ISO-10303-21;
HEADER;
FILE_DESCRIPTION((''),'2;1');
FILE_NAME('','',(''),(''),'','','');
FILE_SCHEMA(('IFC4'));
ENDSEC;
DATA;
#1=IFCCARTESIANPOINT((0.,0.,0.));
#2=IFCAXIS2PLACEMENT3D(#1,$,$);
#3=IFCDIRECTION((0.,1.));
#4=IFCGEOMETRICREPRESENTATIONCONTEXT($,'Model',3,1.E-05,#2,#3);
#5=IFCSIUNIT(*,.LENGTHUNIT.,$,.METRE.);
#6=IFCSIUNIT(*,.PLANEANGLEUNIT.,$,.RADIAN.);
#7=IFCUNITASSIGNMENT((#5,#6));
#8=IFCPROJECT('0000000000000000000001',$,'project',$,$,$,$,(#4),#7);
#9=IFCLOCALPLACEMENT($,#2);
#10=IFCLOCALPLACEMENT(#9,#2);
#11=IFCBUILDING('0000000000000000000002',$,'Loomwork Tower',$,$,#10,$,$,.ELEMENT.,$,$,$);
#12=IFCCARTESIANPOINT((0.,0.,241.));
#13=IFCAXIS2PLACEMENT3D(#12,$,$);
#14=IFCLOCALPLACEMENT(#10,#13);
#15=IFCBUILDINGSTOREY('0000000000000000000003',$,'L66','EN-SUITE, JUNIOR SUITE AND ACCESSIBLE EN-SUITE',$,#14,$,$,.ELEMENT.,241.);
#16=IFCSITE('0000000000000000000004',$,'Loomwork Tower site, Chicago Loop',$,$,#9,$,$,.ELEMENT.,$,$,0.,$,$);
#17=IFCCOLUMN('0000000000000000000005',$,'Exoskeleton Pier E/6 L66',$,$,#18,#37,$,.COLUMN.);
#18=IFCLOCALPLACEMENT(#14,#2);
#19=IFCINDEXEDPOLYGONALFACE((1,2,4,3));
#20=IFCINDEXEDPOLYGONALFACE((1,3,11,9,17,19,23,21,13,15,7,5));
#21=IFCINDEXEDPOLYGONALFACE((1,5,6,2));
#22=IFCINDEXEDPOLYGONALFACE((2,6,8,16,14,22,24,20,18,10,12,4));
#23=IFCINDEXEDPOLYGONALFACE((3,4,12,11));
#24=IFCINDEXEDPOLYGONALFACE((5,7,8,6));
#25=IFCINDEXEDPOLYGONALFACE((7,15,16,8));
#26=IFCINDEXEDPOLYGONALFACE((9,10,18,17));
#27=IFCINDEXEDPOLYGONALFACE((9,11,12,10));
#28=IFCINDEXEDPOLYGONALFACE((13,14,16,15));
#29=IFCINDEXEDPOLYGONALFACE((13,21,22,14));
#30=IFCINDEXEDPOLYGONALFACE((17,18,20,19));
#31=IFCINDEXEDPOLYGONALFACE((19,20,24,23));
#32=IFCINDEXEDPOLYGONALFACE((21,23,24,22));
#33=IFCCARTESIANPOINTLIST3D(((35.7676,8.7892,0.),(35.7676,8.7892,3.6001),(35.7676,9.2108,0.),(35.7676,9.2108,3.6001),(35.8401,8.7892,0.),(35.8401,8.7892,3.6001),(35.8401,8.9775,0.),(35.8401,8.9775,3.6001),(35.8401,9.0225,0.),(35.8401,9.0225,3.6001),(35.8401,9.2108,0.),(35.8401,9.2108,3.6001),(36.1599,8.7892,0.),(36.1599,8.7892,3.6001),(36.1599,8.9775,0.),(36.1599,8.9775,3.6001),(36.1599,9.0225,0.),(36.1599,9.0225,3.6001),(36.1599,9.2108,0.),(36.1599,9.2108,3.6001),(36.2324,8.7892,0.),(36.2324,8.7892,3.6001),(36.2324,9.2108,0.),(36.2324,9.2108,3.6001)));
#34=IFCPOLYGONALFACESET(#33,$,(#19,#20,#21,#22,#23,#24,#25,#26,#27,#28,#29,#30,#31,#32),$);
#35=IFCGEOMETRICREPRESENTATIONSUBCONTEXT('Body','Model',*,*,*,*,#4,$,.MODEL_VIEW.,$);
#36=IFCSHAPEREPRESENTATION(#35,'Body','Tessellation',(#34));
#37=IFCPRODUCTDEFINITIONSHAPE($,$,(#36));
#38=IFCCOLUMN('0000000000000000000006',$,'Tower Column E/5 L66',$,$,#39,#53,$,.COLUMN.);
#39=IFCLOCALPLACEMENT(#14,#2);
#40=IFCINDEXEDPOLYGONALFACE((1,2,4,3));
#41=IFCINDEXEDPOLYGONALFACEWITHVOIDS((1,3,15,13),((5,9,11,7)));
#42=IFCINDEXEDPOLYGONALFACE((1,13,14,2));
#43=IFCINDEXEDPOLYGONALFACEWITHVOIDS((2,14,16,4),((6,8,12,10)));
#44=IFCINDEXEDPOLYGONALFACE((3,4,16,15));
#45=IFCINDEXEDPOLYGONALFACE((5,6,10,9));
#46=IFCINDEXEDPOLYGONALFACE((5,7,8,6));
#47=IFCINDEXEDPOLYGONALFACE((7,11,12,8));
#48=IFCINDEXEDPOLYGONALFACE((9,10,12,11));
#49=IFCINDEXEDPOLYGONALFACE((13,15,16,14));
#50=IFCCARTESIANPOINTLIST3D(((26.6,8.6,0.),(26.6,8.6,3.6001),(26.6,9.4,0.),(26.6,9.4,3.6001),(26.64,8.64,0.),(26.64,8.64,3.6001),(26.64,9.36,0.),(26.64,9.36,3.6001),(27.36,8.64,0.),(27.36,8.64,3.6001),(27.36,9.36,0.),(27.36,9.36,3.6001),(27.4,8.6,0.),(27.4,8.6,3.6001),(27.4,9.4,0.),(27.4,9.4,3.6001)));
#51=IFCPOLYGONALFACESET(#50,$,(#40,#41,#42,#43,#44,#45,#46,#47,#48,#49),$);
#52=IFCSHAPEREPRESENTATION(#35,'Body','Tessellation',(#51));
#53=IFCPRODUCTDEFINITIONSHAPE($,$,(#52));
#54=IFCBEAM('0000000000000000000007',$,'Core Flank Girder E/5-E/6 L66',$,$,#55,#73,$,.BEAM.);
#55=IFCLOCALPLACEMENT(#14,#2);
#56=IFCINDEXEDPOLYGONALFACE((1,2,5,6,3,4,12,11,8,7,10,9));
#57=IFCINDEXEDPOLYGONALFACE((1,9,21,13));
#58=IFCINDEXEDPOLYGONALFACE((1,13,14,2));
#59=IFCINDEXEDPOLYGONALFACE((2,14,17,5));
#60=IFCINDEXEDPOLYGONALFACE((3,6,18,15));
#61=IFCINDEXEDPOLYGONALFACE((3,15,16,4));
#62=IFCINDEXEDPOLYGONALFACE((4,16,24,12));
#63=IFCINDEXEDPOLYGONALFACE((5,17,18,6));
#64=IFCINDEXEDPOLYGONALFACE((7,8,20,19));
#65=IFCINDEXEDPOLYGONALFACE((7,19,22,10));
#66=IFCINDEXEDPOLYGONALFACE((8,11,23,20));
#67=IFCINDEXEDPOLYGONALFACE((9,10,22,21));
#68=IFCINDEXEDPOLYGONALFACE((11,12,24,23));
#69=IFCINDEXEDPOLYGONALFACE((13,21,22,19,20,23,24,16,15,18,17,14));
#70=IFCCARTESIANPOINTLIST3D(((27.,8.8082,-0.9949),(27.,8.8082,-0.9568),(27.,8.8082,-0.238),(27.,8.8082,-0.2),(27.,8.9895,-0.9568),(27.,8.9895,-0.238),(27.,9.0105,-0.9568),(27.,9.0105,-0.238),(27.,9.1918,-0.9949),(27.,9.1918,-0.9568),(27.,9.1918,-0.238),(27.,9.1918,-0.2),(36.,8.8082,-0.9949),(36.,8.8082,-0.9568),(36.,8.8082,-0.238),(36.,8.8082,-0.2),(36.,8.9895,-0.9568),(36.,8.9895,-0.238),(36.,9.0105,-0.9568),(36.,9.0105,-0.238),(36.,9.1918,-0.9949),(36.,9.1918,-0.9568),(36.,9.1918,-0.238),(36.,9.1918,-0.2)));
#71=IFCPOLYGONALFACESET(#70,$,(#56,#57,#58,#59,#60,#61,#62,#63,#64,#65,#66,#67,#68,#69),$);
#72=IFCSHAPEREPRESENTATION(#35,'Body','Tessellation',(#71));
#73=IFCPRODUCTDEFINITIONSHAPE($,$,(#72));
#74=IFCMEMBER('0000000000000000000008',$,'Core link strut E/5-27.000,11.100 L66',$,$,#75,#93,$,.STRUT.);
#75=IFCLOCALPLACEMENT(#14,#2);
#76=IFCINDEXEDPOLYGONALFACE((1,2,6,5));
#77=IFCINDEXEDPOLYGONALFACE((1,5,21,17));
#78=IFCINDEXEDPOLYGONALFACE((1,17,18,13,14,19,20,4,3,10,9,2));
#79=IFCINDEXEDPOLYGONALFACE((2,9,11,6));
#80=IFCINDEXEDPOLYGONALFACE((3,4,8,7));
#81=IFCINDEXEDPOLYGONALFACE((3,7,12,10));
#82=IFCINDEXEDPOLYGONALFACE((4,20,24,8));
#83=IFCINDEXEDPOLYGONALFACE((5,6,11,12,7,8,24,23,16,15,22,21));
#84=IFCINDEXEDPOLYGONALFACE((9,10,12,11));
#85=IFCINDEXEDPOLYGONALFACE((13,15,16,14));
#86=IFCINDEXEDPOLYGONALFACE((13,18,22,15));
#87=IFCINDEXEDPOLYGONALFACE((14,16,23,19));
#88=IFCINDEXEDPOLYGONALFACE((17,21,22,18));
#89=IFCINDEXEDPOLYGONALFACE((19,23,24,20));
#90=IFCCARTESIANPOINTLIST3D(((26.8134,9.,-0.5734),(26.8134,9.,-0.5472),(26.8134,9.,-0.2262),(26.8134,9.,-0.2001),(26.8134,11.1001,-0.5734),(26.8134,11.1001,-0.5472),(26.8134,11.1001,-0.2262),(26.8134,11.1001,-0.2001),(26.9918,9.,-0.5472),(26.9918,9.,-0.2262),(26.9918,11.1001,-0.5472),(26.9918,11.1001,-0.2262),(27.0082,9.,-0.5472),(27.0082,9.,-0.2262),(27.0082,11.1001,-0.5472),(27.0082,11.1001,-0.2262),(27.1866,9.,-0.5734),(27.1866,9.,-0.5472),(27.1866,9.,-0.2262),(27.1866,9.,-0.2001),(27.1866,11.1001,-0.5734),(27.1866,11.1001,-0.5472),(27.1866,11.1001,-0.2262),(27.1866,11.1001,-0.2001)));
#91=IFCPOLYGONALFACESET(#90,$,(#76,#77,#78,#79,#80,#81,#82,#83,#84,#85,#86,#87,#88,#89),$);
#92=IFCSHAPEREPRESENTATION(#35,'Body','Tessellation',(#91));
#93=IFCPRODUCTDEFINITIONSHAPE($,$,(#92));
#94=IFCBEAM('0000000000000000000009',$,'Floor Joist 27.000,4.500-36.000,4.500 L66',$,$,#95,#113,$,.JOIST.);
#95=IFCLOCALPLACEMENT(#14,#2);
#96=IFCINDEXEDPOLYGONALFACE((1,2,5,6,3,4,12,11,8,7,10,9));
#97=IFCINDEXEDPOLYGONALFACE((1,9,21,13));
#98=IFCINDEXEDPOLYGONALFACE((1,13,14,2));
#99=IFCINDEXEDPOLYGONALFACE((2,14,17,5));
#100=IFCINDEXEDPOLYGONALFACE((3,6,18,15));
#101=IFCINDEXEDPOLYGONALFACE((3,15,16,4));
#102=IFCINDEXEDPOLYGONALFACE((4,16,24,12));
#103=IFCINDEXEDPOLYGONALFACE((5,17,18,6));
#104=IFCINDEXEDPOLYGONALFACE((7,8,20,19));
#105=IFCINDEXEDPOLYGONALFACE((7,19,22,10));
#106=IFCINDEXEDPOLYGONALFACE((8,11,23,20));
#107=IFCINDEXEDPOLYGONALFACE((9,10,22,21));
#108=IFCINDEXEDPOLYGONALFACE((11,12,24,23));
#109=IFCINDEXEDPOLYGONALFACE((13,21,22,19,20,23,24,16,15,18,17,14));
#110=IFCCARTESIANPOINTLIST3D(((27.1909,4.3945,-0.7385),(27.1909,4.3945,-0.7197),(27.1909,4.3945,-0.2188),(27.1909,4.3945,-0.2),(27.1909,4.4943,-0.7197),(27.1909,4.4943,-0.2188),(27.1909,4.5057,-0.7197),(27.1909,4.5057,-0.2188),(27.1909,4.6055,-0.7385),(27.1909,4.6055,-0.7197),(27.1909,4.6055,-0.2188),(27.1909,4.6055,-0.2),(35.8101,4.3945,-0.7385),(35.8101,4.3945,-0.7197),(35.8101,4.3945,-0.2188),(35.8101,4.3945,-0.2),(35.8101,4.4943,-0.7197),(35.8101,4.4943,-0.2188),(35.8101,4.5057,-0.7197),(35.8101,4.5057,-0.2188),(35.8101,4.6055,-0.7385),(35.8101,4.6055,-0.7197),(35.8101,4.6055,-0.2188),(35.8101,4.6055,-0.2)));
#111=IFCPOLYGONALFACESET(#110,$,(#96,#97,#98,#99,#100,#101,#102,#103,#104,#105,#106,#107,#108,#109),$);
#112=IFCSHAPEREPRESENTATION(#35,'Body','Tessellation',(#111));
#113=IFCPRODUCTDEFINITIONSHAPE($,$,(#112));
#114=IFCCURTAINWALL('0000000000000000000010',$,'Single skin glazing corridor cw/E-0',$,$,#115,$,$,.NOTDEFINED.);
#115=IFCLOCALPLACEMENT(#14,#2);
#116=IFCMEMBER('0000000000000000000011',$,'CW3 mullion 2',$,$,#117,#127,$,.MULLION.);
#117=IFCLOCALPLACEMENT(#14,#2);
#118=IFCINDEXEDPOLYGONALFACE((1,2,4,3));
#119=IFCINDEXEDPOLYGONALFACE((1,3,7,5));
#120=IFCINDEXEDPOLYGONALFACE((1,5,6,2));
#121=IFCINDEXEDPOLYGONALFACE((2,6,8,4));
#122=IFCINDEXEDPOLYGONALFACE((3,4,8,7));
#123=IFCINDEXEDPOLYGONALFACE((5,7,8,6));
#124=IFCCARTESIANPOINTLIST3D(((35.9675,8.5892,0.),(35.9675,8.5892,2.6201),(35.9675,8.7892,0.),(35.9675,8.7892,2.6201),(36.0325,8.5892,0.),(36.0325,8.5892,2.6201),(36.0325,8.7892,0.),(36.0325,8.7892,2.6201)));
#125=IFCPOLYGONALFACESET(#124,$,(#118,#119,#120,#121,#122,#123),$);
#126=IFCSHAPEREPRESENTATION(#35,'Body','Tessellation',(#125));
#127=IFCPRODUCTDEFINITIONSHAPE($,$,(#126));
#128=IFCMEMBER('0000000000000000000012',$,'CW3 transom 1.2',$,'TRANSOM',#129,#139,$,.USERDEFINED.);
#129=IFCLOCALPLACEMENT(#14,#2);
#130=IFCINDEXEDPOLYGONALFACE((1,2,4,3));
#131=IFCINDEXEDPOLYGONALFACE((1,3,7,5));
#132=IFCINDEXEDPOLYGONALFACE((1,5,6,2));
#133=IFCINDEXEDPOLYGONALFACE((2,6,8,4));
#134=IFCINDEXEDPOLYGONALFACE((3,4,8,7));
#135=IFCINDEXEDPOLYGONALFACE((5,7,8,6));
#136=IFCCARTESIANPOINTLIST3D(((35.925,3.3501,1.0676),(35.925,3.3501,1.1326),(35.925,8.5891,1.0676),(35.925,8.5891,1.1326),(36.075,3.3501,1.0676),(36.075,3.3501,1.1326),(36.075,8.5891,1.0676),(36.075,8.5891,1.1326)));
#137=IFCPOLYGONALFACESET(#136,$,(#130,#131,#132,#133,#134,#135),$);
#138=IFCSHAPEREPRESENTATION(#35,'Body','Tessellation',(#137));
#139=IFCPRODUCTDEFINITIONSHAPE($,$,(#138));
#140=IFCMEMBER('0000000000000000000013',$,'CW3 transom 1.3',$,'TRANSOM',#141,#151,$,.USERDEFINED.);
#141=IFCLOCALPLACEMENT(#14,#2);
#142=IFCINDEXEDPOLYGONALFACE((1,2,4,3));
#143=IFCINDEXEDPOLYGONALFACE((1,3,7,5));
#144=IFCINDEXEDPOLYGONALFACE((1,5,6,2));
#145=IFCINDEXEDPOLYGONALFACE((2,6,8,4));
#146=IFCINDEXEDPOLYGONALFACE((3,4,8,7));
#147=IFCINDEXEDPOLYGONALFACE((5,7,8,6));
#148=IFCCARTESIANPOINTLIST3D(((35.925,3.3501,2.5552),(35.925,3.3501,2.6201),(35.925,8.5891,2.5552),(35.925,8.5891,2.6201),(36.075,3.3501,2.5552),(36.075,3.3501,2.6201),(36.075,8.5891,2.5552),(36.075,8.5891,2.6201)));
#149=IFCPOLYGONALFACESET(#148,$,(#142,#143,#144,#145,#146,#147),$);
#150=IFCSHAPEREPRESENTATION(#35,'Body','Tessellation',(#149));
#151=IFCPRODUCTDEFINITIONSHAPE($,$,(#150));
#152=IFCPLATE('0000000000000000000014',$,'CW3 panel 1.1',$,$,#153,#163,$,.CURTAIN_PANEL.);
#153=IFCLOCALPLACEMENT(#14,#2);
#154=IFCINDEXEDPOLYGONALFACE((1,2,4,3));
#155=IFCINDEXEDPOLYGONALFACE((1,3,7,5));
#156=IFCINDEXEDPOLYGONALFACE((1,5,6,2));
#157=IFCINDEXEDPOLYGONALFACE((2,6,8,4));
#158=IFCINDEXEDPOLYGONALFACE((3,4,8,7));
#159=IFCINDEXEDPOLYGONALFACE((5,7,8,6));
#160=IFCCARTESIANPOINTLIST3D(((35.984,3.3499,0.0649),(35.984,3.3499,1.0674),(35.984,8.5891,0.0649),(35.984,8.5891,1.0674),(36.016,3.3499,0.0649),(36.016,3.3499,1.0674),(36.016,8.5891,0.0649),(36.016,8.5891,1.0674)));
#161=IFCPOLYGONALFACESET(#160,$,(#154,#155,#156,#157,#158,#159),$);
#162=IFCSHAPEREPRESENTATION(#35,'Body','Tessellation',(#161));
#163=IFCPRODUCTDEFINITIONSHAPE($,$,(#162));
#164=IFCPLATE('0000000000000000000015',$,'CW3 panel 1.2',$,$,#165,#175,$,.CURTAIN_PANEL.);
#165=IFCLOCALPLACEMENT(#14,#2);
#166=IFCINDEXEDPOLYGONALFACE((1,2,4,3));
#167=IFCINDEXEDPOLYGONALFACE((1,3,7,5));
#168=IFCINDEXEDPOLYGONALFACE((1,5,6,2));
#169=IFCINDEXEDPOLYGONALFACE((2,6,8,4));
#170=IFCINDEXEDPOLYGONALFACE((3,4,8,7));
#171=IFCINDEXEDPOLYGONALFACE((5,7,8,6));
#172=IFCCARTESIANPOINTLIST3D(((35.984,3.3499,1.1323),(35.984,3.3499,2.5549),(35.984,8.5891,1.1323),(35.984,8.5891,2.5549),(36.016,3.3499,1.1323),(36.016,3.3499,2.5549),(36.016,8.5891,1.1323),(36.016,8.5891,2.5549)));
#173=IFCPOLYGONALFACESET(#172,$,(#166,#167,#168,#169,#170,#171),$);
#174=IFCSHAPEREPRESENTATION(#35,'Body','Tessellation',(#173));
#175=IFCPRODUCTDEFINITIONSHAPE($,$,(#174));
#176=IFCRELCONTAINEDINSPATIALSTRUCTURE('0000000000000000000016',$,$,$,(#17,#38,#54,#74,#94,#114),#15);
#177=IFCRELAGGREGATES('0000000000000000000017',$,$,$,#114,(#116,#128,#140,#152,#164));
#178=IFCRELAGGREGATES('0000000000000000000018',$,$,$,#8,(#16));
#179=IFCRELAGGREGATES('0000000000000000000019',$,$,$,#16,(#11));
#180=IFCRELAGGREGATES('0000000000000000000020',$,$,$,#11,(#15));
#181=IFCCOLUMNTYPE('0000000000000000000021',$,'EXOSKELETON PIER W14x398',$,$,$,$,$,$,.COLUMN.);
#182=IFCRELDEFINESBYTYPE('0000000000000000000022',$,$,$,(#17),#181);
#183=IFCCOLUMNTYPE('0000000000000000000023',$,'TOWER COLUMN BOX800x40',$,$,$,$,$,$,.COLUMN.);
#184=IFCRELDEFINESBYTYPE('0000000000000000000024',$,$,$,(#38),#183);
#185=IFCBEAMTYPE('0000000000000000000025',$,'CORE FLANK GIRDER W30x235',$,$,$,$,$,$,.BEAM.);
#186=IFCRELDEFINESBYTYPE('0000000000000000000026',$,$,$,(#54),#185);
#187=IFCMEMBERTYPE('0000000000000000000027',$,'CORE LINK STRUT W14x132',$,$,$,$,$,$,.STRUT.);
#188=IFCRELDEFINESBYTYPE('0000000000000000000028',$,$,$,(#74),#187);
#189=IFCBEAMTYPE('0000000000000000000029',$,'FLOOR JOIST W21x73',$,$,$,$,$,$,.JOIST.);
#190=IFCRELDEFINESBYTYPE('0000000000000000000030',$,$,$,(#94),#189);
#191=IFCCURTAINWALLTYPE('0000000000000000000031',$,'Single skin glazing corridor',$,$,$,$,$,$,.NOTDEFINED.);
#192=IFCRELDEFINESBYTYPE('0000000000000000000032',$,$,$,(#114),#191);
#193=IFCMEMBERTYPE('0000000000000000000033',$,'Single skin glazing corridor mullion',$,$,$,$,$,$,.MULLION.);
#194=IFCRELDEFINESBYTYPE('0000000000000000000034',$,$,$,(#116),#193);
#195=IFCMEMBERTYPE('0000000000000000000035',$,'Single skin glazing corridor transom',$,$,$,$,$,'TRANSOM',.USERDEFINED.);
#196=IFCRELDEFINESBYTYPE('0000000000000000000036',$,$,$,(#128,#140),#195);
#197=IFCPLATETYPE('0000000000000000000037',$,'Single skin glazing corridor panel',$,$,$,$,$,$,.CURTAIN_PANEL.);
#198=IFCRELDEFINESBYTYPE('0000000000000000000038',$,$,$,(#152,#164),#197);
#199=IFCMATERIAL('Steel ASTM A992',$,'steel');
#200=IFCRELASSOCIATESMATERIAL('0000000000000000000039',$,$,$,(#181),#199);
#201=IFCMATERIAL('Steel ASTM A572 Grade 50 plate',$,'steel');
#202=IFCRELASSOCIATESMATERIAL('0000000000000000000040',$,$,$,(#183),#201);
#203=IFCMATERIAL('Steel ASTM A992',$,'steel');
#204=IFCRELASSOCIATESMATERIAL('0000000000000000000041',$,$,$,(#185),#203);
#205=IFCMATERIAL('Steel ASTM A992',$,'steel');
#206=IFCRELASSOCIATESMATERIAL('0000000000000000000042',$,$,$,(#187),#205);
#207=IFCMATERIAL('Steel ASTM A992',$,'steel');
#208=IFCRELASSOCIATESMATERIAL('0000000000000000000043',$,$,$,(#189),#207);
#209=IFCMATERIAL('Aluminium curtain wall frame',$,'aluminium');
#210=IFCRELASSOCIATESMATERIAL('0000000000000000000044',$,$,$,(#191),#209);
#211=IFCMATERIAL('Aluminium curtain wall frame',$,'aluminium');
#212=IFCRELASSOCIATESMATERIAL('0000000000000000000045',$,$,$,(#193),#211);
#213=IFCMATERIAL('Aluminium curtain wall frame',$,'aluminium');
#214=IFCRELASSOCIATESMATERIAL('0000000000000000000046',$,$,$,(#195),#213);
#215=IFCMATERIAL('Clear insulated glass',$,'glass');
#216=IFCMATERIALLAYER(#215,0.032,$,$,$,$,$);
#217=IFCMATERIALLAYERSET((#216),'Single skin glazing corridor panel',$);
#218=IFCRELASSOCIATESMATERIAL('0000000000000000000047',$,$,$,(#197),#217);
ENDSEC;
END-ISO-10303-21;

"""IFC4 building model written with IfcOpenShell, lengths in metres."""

from ifc_helpers import new_model, si_unit, direction, frame, origin, origin_2d, place, context, subcontext, project, spatial, rectangle, hollow_rectangle, i_section, extrude, material, layer, layer_set, material_profile, profile_set, type_object, element, aggregate, save


model = new_model("IFC4")

# Units and contexts
model_context = context("Model", 3, precision=1e-05, world=origin(), true_north=direction((0.0, 1.0)))
body_context = subcontext(model_context, "Body", "Model", "MODEL_VIEW")
ifc_project = project(units=[si_unit("LENGTHUNIT", "METRE"), si_unit("PLANEANGLEUNIT", "RADIAN")], contexts=[model_context])

# Site, building, storey
site_placement = place(None, origin())
site = spatial("IfcSite", under=ifc_project, at=site_placement, Name="Loomwork Tower site, Chicago Loop", CompositionType="ELEMENT", RefElevation=0.0)
building_placement = place(site_placement, origin())
building = spatial("IfcBuilding", under=site, at=building_placement, Name="Loomwork Tower", CompositionType="ELEMENT")
storey_placement = place(building_placement, frame((0.0, 0.0, 241.0)))
storey = spatial("IfcBuildingStorey", under=building, at=storey_placement, Name="L66", Description="EN-SUITE, JUNIOR SUITE AND ACCESSIBLE EN-SUITE", CompositionType="ELEMENT", Elevation=241.0)

# Columns
ifc_material_1 = material(Name="Steel ASTM A992", Category="steel")
ifc_material_profile_1 = material_profile(ifc_material_1, i_section(OverallWidth=0.4216, OverallDepth=0.4648, WebThickness=0.0449, FlangeThickness=0.0725, at=origin_2d()), Name="W14x398")
ifc_profile_set_1 = profile_set([ifc_material_profile_1], Name="Steel ASTM A992")
column_type_1 = type_object("IfcColumnType", Name="EXOSKELETON PIER W14x398", PredefinedType="COLUMN", material=ifc_profile_set_1)
column_1_placement = place(storey_placement, frame((36.0, 9.0, 0.0), z_axis=(0.0, 0.0, 1.0), x_axis=(0.0, 1.0, 0.0)))
element("IfcColumn", 1, at=column_1_placement, inside=storey, type_object=column_type_1, Name="Exoskeleton Pier E/6 L66", PredefinedType="COLUMN", context=body_context, shape_type="SweptSolid", body=[
    extrude(i_section(OverallWidth=0.4216, OverallDepth=0.4648, WebThickness=0.0449, FlangeThickness=0.0725, at=origin_2d()), origin(), (0.0, 0.0, 1.0), 3.6001),
])
ifc_material_2 = material(Name="Steel ASTM A572 Grade 50 plate", Category="steel")
ifc_material_profile_2 = material_profile(ifc_material_2, hollow_rectangle(XDim=0.8, YDim=0.8, WallThickness=0.04, at=origin_2d()), Name="BOX800x40")
ifc_profile_set_2 = profile_set([ifc_material_profile_2], Name="Steel ASTM A572 Grade 50 plate")
column_type_2 = type_object("IfcColumnType", Name="TOWER COLUMN BOX800x40", PredefinedType="COLUMN", material=ifc_profile_set_2)
column_2_placement = place(storey_placement, frame((27.0, 9.0, 0.0), z_axis=(0.0, 0.0, 1.0), x_axis=(1.0, 0.0, 0.0)))
element("IfcColumn", 2, at=column_2_placement, inside=storey, type_object=column_type_2, Name="Tower Column E/5 L66", PredefinedType="COLUMN", context=body_context, shape_type="SweptSolid", body=[
    extrude(hollow_rectangle(XDim=0.8, YDim=0.8, WallThickness=0.04, at=origin_2d()), origin(), (0.0, 0.0, 1.0), 3.6001),
])

# Beam
ifc_material_3 = material(Name="Steel ASTM A992", Category="steel")
ifc_material_profile_3 = material_profile(ifc_material_3, i_section(OverallWidth=0.3835, OverallDepth=0.7949, WebThickness=0.021, FlangeThickness=0.0381, at=origin_2d()), Name="W30x235")
ifc_profile_set_3 = profile_set([ifc_material_profile_3], Name="Steel ASTM A992")
beam_type_1 = type_object("IfcBeamType", Name="CORE FLANK GIRDER W30x235", PredefinedType="BEAM", material=ifc_profile_set_3)
beam_1_placement = place(storey_placement, frame((27.0, 9.0, -0.5974), z_axis=(1.0, 0.0, 0.0), x_axis=(0.0, 1.0, 0.0)))
element("IfcBeam", 3, at=beam_1_placement, inside=storey, type_object=beam_type_1, Name="Core Flank Girder E/5-E/6 L66", PredefinedType="BEAM", context=body_context, shape_type="SweptSolid", body=[
    extrude(i_section(OverallWidth=0.3835, OverallDepth=0.7949, WebThickness=0.021, FlangeThickness=0.0381, at=origin_2d()), origin(), (0.0, 0.0, 1.0), 9.0),
])

# Member
ifc_material_4 = material(Name="Steel ASTM A992", Category="steel")
ifc_material_profile_4 = material_profile(ifc_material_4, i_section(OverallWidth=0.3733, OverallDepth=0.3733, WebThickness=0.0164, FlangeThickness=0.0261, at=origin_2d()), Name="W14x132")
ifc_profile_set_4 = profile_set([ifc_material_profile_4], Name="Steel ASTM A992")
member_type_1 = type_object("IfcMemberType", Name="CORE LINK STRUT W14x132", PredefinedType="STRUT", material=ifc_profile_set_4)
member_1_placement = place(storey_placement, frame((27.0, 9.0, -0.3867), z_axis=(0.0, 1.0, 0.0), x_axis=(-1.0, 0.0, 0.0)))
element("IfcMember", 4, at=member_1_placement, inside=storey, type_object=member_type_1, Name="Core link strut E/5-27.000,11.100 L66", PredefinedType="STRUT", context=body_context, shape_type="SweptSolid", body=[
    extrude(i_section(OverallWidth=0.3733, OverallDepth=0.3733, WebThickness=0.0164, FlangeThickness=0.0261, at=origin_2d()), origin(), (0.0, 0.0, 1.0), 2.1001),
])

# Beam
ifc_material_5 = material(Name="Steel ASTM A992", Category="steel")
ifc_material_profile_5 = material_profile(ifc_material_5, i_section(OverallWidth=0.2109, OverallDepth=0.5386, WebThickness=0.0115, FlangeThickness=0.0188, at=origin_2d()), Name="W21x73")
ifc_profile_set_5 = profile_set([ifc_material_profile_5], Name="Steel ASTM A992")
beam_type_2 = type_object("IfcBeamType", Name="FLOOR JOIST W21x73", PredefinedType="JOIST", material=ifc_profile_set_5)
beam_2_placement = place(storey_placement, frame((27.1909, 4.5, -0.4692), z_axis=(1.0, 0.0, 0.0), x_axis=(0.0, 1.0, 0.0)))
element("IfcBeam", 5, at=beam_2_placement, inside=storey, type_object=beam_type_2, Name="Floor Joist 27.000,4.500-36.000,4.500 L66", PredefinedType="JOIST", context=body_context, shape_type="SweptSolid", body=[
    extrude(i_section(OverallWidth=0.2109, OverallDepth=0.5386, WebThickness=0.0115, FlangeThickness=0.0188, at=origin_2d()), origin(), (0.0, 0.0, 1.0), 8.6191),
])

# Curtain wall, members, plates
ifc_material_6 = material(Name="Aluminium curtain wall frame", Category="aluminium")
curtain_wall_type = type_object("IfcCurtainWallType", Name="Single skin glazing corridor", PredefinedType="NOTDEFINED", material=ifc_material_6)
curtain_wall_placement = place(storey_placement, origin())
curtain_wall = element("IfcCurtainWall", 6, at=curtain_wall_placement, inside=storey, type_object=curtain_wall_type, Name="Single skin glazing corridor cw/E-0", PredefinedType="NOTDEFINED")
ifc_material_7 = material(Name="Aluminium curtain wall frame", Category="aluminium")
ifc_material_profile_6 = material_profile(ifc_material_7, rectangle(XDim=0.0649, YDim=0.2, at=origin_2d()), Name="AL 65x200")
ifc_profile_set_6 = profile_set([ifc_material_profile_6], Name="Aluminium curtain wall frame")
member_type_2 = type_object("IfcMemberType", Name="Single skin glazing corridor mullion", PredefinedType="MULLION", material=ifc_profile_set_6)
member_2_placement = place(storey_placement, frame((36.0, 8.6892, 0.0), z_axis=(0.0, 0.0, 1.0), x_axis=(-1.0, 0.0, 0.0)))
member_2 = element("IfcMember", 7, at=member_2_placement, type_object=member_type_2, Name="CW3 mullion 2", PredefinedType="MULLION", context=body_context, shape_type="SweptSolid", body=[
    extrude(rectangle(XDim=0.0649, YDim=0.2, at=origin_2d()), origin(), (0.0, 0.0, 1.0), 2.6201),
])
ifc_material_8 = material(Name="Aluminium curtain wall frame", Category="aluminium")
ifc_material_profile_7 = material_profile(ifc_material_8, rectangle(XDim=0.1499, YDim=0.0649, at=origin_2d()), Name="AL 65x150")
ifc_profile_set_7 = profile_set([ifc_material_profile_7], Name="Aluminium curtain wall frame")
member_type_3 = type_object("IfcMemberType", Name="Single skin glazing corridor transom", ElementType="TRANSOM", PredefinedType="USERDEFINED", material=ifc_profile_set_7)
member_3_placement = place(storey_placement, frame((36.0, 3.3501, 1.1001), z_axis=(0.0, 1.0, 0.0), x_axis=(-1.0, 0.0, 0.0)))
member_3 = element("IfcMember", 8, at=member_3_placement, type_object=member_type_3, Name="CW3 transom 1.2", ObjectType="TRANSOM", PredefinedType="USERDEFINED", context=body_context, shape_type="SweptSolid", body=[
    extrude(rectangle(XDim=0.1499, YDim=0.0649, at=origin_2d()), origin(), (0.0, 0.0, 1.0), 5.239),
])
member_4_placement = place(storey_placement, frame((36.0, 3.3501, 2.5876), z_axis=(0.0, 1.0, 0.0), x_axis=(-1.0, 0.0, 0.0)))
member_4 = element("IfcMember", 9, at=member_4_placement, type_object=member_type_3, Name="CW3 transom 1.3", ObjectType="TRANSOM", PredefinedType="USERDEFINED", context=body_context, shape_type="SweptSolid", body=[
    extrude(rectangle(XDim=0.1499, YDim=0.0649, at=origin_2d()), origin(), (0.0, 0.0, 1.0), 5.239),
])
ifc_material_9 = material(Name="Clear insulated glass", Category="glass")
ifc_layer_1 = layer(ifc_material_9, 0.032)
ifc_layer_set_1 = layer_set([ifc_layer_1], Name="Single skin glazing corridor panel")
plate_type = type_object("IfcPlateType", Name="Single skin glazing corridor panel", PredefinedType="CURTAIN_PANEL", material=ifc_layer_set_1)
plate_1_placement = place(storey_placement, frame((36.0, 5.9695, 0.0649), z_axis=(0.0, 0.0, 1.0), x_axis=(0.0, 1.0, 0.0)))
plate_1 = element("IfcPlate", 10, at=plate_1_placement, type_object=plate_type, Name="CW3 panel 1.1", PredefinedType="CURTAIN_PANEL", context=body_context, shape_type="SweptSolid", body=[
    extrude(rectangle(XDim=5.2393, YDim=0.032, at=origin_2d()), origin(), (0.0, 0.0, 1.0), 1.0024),
])
plate_2_placement = place(storey_placement, frame((36.0, 5.9695, 1.1323), z_axis=(0.0, 0.0, 1.0), x_axis=(0.0, 1.0, 0.0)))
plate_2 = element("IfcPlate", 11, at=plate_2_placement, type_object=plate_type, Name="CW3 panel 1.2", PredefinedType="CURTAIN_PANEL", context=body_context, shape_type="SweptSolid", body=[
    extrude(rectangle(XDim=5.2393, YDim=0.032, at=origin_2d()), origin(), (0.0, 0.0, 1.0), 1.4226),
])
aggregate(curtain_wall, [member_2, member_3, member_4, plate_1, plate_2])

save(model, "model.ifc")
